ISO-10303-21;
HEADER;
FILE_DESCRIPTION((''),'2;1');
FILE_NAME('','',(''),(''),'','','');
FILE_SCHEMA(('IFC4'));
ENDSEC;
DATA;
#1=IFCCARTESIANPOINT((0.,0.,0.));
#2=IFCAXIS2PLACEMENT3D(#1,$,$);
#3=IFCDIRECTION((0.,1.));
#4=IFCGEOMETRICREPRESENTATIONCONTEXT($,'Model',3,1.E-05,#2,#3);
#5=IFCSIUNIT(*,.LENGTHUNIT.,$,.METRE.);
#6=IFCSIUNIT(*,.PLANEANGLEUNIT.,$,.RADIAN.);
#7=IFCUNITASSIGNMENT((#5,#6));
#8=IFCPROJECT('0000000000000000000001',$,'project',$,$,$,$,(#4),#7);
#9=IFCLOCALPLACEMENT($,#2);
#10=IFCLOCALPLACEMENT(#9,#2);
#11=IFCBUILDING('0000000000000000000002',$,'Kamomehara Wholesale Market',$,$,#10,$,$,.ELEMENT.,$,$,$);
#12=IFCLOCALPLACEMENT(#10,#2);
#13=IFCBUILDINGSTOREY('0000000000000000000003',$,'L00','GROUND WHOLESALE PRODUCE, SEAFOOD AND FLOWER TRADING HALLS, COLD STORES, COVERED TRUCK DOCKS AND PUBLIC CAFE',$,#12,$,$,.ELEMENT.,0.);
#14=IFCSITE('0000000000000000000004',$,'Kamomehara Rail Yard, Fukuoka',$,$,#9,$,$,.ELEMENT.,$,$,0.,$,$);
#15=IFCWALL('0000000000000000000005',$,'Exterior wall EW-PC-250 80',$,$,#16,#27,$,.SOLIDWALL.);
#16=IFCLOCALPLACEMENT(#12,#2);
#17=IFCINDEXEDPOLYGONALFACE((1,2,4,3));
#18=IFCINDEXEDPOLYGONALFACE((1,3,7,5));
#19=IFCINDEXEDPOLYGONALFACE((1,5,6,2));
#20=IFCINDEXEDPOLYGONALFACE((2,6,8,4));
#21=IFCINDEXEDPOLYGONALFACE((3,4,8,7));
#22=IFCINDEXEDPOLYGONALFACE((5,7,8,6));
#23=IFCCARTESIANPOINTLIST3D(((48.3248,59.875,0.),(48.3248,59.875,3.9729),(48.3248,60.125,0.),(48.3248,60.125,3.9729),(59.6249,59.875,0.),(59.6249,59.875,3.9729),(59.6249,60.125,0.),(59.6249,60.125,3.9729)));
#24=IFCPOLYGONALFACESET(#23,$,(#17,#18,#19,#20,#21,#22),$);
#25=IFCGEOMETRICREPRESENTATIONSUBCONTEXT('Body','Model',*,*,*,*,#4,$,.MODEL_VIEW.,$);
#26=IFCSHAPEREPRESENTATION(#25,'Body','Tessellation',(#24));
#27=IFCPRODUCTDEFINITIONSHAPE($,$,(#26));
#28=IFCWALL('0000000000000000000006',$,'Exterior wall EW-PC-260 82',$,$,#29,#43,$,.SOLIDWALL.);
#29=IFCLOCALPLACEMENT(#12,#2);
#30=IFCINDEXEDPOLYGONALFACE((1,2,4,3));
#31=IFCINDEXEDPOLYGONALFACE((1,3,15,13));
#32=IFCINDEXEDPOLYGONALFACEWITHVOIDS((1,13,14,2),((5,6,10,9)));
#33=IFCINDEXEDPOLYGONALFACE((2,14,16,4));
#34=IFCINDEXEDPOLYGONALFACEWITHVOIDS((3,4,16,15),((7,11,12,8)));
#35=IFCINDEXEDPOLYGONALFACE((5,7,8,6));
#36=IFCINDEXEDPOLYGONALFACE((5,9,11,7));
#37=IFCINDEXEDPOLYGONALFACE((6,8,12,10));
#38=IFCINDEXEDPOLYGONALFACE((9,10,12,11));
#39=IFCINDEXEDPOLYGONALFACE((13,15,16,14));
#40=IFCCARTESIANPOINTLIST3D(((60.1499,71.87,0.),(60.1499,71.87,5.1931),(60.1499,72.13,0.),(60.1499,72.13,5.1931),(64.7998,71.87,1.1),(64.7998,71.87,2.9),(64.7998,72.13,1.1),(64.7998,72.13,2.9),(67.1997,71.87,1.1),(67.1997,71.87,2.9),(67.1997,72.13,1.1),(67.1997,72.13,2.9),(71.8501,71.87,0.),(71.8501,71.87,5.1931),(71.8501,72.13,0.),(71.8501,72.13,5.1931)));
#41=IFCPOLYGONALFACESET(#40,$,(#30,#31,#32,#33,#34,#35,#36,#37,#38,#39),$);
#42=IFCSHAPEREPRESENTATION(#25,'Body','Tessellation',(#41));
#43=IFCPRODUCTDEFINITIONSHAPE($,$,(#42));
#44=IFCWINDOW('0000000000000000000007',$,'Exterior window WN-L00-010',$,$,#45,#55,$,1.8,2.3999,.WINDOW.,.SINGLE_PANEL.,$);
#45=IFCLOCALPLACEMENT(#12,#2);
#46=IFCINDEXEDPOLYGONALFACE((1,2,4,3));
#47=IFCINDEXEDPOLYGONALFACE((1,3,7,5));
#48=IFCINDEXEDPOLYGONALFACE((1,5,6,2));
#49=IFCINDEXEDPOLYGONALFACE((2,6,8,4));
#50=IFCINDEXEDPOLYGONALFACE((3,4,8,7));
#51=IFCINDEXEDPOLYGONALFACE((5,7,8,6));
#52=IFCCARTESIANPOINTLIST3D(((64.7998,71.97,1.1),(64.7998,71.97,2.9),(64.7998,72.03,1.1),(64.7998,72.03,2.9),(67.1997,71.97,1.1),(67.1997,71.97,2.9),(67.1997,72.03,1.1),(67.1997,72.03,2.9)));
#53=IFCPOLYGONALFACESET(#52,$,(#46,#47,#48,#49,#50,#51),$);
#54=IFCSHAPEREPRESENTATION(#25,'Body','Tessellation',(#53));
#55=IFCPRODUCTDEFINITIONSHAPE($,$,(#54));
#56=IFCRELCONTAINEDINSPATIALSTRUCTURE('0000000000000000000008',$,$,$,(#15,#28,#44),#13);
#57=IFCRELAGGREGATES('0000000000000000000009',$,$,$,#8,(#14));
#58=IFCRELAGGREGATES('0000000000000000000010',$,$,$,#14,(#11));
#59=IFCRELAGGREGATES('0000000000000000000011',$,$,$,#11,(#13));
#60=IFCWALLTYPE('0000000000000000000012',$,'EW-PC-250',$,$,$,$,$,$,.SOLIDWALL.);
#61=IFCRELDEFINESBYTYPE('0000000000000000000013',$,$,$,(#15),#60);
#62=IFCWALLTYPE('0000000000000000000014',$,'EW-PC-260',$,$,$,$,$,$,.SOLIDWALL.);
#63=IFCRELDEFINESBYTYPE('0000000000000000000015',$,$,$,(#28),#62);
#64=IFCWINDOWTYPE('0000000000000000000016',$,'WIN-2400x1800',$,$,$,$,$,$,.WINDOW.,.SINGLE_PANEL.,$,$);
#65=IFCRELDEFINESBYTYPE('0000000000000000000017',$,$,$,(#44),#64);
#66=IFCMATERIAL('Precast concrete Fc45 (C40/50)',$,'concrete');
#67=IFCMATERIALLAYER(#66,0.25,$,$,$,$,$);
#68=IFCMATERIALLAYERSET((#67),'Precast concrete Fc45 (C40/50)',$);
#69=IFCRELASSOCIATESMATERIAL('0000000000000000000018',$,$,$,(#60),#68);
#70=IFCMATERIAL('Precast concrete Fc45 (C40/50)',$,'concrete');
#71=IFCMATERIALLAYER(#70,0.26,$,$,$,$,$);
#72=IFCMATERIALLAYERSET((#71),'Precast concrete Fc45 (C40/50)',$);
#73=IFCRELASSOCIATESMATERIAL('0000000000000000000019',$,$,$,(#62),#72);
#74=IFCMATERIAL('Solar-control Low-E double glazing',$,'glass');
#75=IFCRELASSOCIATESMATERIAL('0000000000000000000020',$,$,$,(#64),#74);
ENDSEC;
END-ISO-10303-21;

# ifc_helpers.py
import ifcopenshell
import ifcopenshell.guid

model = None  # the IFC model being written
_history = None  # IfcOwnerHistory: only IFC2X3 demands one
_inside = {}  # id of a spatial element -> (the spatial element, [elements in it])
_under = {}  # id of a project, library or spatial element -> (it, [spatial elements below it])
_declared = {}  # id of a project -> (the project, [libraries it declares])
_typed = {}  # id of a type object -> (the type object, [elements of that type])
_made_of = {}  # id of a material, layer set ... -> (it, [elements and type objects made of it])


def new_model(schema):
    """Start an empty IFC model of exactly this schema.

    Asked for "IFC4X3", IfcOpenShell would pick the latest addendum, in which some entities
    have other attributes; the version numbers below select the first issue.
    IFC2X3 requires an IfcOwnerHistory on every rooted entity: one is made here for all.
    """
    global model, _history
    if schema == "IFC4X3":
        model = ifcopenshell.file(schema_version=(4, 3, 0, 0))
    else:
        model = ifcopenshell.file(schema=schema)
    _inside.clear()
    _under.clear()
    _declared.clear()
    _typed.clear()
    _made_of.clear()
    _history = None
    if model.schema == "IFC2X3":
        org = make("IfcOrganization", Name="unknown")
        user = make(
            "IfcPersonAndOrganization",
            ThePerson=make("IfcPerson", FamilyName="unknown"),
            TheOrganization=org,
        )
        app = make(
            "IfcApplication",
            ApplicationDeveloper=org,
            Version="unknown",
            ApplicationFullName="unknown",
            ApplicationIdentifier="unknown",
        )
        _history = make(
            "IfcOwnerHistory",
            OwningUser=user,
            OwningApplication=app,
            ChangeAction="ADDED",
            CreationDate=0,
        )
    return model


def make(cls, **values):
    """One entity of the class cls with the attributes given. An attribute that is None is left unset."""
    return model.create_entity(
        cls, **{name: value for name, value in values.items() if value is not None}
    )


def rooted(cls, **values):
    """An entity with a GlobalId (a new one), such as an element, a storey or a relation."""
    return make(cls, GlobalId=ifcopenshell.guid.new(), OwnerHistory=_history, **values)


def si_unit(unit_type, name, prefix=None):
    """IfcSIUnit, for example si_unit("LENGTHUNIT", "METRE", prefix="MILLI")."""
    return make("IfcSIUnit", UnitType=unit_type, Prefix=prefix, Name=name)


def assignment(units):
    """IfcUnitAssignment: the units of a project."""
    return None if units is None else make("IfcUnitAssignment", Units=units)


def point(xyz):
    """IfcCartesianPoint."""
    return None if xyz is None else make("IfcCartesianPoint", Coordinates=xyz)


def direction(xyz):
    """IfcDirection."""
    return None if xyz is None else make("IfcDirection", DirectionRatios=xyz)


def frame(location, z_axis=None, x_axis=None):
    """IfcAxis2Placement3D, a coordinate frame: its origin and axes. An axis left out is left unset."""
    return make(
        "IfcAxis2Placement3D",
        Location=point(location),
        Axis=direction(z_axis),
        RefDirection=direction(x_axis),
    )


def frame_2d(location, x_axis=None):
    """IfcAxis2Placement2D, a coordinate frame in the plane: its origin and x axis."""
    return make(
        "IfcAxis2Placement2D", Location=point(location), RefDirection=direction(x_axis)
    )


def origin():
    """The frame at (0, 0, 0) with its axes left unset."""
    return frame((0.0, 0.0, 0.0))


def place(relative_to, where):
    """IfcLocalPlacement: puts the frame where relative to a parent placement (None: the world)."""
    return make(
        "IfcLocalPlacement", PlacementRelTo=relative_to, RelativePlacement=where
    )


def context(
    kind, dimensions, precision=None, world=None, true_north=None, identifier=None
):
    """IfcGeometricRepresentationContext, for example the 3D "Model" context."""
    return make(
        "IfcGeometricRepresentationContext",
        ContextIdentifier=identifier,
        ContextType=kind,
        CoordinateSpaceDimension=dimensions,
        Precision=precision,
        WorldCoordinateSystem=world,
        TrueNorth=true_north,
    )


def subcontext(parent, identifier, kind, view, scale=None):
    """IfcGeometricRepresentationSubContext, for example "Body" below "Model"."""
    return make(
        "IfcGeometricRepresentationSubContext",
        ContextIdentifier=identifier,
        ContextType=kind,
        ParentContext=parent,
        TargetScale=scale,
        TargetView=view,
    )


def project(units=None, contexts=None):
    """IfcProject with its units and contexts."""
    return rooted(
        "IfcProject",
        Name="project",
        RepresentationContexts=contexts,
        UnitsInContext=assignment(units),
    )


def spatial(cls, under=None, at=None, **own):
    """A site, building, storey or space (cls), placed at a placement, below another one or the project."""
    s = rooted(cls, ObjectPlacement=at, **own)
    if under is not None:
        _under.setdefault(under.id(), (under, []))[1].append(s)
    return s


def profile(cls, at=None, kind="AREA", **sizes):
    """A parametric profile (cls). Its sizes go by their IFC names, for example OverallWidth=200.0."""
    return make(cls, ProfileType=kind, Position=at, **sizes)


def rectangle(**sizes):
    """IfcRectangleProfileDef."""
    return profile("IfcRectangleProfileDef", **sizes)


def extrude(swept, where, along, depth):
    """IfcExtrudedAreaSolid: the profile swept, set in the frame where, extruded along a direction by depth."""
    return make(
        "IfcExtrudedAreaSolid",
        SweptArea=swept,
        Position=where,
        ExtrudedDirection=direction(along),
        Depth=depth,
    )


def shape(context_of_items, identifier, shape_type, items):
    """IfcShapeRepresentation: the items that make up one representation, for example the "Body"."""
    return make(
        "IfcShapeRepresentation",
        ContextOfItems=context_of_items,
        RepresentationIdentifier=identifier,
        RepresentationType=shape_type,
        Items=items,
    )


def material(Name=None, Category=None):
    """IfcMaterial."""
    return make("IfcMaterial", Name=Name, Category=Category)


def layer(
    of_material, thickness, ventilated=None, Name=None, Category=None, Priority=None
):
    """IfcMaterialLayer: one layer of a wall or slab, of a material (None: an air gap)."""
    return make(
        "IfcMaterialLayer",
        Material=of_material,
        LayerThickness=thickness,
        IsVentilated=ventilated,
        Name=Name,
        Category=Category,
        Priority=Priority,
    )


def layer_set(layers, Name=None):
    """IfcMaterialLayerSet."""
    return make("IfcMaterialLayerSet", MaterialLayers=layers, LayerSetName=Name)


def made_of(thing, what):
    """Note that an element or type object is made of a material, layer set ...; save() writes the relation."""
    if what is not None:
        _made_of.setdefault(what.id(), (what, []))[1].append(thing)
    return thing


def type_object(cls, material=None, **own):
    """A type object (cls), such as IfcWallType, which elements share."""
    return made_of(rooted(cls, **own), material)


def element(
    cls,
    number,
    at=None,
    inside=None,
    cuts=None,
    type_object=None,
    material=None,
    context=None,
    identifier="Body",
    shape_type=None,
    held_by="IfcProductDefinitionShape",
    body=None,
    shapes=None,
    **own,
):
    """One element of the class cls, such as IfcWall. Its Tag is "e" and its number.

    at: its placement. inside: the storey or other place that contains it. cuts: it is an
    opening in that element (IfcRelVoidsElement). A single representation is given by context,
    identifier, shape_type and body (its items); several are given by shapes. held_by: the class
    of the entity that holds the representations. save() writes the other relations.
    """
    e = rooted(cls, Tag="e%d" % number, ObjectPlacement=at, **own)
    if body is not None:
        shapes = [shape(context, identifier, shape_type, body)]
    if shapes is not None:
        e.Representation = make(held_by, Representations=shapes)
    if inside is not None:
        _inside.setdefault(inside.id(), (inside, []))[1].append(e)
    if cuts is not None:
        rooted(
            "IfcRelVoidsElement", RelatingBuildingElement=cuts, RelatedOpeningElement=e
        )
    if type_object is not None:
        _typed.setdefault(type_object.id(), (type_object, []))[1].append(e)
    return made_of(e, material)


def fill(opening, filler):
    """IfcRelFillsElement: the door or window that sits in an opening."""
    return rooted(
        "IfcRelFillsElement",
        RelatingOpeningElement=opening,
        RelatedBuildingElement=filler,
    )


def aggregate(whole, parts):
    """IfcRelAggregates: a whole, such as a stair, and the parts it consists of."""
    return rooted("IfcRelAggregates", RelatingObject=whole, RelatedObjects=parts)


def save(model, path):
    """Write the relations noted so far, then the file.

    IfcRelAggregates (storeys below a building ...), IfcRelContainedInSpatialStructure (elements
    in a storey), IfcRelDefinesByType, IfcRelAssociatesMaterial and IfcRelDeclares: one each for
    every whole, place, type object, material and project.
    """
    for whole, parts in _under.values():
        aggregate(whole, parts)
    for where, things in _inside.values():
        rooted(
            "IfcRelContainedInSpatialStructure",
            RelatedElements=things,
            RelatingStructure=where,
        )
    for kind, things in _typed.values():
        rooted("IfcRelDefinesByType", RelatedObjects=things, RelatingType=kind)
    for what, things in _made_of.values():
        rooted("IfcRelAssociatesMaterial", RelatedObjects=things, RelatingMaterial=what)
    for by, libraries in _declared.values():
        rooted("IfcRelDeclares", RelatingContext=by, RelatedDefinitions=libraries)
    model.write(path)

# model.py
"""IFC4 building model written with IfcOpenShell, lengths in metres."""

from ifc_helpers import new_model, si_unit, direction, frame, frame_2d, origin, place, context, subcontext, project, spatial, rectangle, extrude, material, layer, layer_set, type_object, element, fill, save


model = new_model("IFC4")

# Units and contexts
model_context = context("Model", 3, precision=1e-05, world=origin(), true_north=direction((0.0, 1.0)))
body_context = subcontext(model_context, "Body", "Model", "MODEL_VIEW")
ifc_project = project(units=[si_unit("LENGTHUNIT", "METRE"), si_unit("PLANEANGLEUNIT", "RADIAN")], contexts=[model_context])

# Site, building, storey
site_placement = place(None, origin())
site = spatial("IfcSite", under=ifc_project, at=site_placement, Name="Kamomehara Rail Yard, Fukuoka", CompositionType="ELEMENT", RefElevation=0.0)
building_placement = place(site_placement, origin())
building = spatial("IfcBuilding", under=site, at=building_placement, Name="Kamomehara Wholesale Market", CompositionType="ELEMENT")
storey_placement = place(building_placement, origin())
storey = spatial("IfcBuildingStorey", under=building, at=storey_placement, Name="L00", Description="GROUND WHOLESALE PRODUCE, SEAFOOD AND FLOWER TRADING HALLS, COLD STORES, COVERED TRUCK DOCKS AND PUBLIC CAFE", CompositionType="ELEMENT", Elevation=0.0)

# Wall
ifc_material_1 = material(Name="Precast concrete Fc45 (C40/50)", Category="concrete")
ifc_layer_1 = layer(ifc_material_1, 0.25)
ifc_layer_set_1 = layer_set([ifc_layer_1], Name="Precast concrete Fc45 (C40/50)")
wall_type_1 = type_object("IfcWallType", Name="EW-PC-250", PredefinedType="SOLIDWALL", material=ifc_layer_set_1)
wall_1_placement = place(storey_placement, frame((48.325, 60.0, 0.0), z_axis=(0.0, 0.0, 1.0), x_axis=(1.0, 0.0, 0.0)))
element("IfcWall", 1, at=wall_1_placement, inside=storey, type_object=wall_type_1, Name="Exterior wall EW-PC-250 80", PredefinedType="SOLIDWALL", context=body_context, shape_type="SweptSolid", body=[
    extrude(rectangle(XDim=11.3, YDim=0.25, at=frame_2d((5.6499, 0.0))), origin(), (0.0, 0.0, 1.0), 3.9729),
])

# Wall, opening, window
ifc_material_2 = material(Name="Precast concrete Fc45 (C40/50)", Category="concrete")
ifc_layer_2 = layer(ifc_material_2, 0.26)
ifc_layer_set_2 = layer_set([ifc_layer_2], Name="Precast concrete Fc45 (C40/50)")
wall_type_2 = type_object("IfcWallType", Name="EW-PC-260", PredefinedType="SOLIDWALL", material=ifc_layer_set_2)
wall_2_placement = place(storey_placement, frame((60.1499, 72.0, 0.0), z_axis=(0.0, 0.0, 1.0), x_axis=(1.0, 0.0, 0.0)))
wall_2 = element("IfcWall", 2, at=wall_2_placement, inside=storey, type_object=wall_type_2, Name="Exterior wall EW-PC-260 82", PredefinedType="SOLIDWALL", context=body_context, shape_type="SweptSolid", body=[
    extrude(rectangle(XDim=11.7002, YDim=0.26, at=frame_2d((5.8501, 0.0))), origin(), (0.0, 0.0, 1.0), 5.1931),
])
opening_placement = place(wall_2_placement, frame((4.6499, 0.0, 1.1001)))
opening = element("IfcOpeningElement", 3, at=opening_placement, cuts=wall_2, PredefinedType="OPENING", context=body_context, shape_type="SweptSolid", body=[
    extrude(rectangle(XDim=2.3999, YDim=1.8, at=frame_2d((1.2, 0.8999))), frame((0.0, 0.145, 0.0), z_axis=(0.0, -1.0, 0.0), x_axis=(1.0, 0.0, 0.0)), (0.0, 0.0, 1.0), 0.2898),
])
ifc_material_3 = material(Name="Solar-control Low-E double glazing", Category="glass")
window_type = type_object("IfcWindowType", Name="WIN-2400x1800", PartitioningType="SINGLE_PANEL", PredefinedType="WINDOW", material=ifc_material_3)
window_placement = place(opening_placement, origin())
window = element("IfcWindow", 4, at=window_placement, inside=storey, type_object=window_type, Name="Exterior window WN-L00-010", OverallHeight=1.8, OverallWidth=2.3999, PartitioningType="SINGLE_PANEL", PredefinedType="WINDOW", context=body_context, shape_type="SweptSolid", body=[
    extrude(rectangle(XDim=2.3999, YDim=1.8, at=frame_2d((1.2, 0.8999))), frame((0.0, 0.03, 0.0), z_axis=(0.0, -1.0, 0.0), x_axis=(1.0, 0.0, 0.0)), (0.0, 0.0, 1.0), 0.0601),
])
fill(opening, window)

save(model, "model.ifc")
